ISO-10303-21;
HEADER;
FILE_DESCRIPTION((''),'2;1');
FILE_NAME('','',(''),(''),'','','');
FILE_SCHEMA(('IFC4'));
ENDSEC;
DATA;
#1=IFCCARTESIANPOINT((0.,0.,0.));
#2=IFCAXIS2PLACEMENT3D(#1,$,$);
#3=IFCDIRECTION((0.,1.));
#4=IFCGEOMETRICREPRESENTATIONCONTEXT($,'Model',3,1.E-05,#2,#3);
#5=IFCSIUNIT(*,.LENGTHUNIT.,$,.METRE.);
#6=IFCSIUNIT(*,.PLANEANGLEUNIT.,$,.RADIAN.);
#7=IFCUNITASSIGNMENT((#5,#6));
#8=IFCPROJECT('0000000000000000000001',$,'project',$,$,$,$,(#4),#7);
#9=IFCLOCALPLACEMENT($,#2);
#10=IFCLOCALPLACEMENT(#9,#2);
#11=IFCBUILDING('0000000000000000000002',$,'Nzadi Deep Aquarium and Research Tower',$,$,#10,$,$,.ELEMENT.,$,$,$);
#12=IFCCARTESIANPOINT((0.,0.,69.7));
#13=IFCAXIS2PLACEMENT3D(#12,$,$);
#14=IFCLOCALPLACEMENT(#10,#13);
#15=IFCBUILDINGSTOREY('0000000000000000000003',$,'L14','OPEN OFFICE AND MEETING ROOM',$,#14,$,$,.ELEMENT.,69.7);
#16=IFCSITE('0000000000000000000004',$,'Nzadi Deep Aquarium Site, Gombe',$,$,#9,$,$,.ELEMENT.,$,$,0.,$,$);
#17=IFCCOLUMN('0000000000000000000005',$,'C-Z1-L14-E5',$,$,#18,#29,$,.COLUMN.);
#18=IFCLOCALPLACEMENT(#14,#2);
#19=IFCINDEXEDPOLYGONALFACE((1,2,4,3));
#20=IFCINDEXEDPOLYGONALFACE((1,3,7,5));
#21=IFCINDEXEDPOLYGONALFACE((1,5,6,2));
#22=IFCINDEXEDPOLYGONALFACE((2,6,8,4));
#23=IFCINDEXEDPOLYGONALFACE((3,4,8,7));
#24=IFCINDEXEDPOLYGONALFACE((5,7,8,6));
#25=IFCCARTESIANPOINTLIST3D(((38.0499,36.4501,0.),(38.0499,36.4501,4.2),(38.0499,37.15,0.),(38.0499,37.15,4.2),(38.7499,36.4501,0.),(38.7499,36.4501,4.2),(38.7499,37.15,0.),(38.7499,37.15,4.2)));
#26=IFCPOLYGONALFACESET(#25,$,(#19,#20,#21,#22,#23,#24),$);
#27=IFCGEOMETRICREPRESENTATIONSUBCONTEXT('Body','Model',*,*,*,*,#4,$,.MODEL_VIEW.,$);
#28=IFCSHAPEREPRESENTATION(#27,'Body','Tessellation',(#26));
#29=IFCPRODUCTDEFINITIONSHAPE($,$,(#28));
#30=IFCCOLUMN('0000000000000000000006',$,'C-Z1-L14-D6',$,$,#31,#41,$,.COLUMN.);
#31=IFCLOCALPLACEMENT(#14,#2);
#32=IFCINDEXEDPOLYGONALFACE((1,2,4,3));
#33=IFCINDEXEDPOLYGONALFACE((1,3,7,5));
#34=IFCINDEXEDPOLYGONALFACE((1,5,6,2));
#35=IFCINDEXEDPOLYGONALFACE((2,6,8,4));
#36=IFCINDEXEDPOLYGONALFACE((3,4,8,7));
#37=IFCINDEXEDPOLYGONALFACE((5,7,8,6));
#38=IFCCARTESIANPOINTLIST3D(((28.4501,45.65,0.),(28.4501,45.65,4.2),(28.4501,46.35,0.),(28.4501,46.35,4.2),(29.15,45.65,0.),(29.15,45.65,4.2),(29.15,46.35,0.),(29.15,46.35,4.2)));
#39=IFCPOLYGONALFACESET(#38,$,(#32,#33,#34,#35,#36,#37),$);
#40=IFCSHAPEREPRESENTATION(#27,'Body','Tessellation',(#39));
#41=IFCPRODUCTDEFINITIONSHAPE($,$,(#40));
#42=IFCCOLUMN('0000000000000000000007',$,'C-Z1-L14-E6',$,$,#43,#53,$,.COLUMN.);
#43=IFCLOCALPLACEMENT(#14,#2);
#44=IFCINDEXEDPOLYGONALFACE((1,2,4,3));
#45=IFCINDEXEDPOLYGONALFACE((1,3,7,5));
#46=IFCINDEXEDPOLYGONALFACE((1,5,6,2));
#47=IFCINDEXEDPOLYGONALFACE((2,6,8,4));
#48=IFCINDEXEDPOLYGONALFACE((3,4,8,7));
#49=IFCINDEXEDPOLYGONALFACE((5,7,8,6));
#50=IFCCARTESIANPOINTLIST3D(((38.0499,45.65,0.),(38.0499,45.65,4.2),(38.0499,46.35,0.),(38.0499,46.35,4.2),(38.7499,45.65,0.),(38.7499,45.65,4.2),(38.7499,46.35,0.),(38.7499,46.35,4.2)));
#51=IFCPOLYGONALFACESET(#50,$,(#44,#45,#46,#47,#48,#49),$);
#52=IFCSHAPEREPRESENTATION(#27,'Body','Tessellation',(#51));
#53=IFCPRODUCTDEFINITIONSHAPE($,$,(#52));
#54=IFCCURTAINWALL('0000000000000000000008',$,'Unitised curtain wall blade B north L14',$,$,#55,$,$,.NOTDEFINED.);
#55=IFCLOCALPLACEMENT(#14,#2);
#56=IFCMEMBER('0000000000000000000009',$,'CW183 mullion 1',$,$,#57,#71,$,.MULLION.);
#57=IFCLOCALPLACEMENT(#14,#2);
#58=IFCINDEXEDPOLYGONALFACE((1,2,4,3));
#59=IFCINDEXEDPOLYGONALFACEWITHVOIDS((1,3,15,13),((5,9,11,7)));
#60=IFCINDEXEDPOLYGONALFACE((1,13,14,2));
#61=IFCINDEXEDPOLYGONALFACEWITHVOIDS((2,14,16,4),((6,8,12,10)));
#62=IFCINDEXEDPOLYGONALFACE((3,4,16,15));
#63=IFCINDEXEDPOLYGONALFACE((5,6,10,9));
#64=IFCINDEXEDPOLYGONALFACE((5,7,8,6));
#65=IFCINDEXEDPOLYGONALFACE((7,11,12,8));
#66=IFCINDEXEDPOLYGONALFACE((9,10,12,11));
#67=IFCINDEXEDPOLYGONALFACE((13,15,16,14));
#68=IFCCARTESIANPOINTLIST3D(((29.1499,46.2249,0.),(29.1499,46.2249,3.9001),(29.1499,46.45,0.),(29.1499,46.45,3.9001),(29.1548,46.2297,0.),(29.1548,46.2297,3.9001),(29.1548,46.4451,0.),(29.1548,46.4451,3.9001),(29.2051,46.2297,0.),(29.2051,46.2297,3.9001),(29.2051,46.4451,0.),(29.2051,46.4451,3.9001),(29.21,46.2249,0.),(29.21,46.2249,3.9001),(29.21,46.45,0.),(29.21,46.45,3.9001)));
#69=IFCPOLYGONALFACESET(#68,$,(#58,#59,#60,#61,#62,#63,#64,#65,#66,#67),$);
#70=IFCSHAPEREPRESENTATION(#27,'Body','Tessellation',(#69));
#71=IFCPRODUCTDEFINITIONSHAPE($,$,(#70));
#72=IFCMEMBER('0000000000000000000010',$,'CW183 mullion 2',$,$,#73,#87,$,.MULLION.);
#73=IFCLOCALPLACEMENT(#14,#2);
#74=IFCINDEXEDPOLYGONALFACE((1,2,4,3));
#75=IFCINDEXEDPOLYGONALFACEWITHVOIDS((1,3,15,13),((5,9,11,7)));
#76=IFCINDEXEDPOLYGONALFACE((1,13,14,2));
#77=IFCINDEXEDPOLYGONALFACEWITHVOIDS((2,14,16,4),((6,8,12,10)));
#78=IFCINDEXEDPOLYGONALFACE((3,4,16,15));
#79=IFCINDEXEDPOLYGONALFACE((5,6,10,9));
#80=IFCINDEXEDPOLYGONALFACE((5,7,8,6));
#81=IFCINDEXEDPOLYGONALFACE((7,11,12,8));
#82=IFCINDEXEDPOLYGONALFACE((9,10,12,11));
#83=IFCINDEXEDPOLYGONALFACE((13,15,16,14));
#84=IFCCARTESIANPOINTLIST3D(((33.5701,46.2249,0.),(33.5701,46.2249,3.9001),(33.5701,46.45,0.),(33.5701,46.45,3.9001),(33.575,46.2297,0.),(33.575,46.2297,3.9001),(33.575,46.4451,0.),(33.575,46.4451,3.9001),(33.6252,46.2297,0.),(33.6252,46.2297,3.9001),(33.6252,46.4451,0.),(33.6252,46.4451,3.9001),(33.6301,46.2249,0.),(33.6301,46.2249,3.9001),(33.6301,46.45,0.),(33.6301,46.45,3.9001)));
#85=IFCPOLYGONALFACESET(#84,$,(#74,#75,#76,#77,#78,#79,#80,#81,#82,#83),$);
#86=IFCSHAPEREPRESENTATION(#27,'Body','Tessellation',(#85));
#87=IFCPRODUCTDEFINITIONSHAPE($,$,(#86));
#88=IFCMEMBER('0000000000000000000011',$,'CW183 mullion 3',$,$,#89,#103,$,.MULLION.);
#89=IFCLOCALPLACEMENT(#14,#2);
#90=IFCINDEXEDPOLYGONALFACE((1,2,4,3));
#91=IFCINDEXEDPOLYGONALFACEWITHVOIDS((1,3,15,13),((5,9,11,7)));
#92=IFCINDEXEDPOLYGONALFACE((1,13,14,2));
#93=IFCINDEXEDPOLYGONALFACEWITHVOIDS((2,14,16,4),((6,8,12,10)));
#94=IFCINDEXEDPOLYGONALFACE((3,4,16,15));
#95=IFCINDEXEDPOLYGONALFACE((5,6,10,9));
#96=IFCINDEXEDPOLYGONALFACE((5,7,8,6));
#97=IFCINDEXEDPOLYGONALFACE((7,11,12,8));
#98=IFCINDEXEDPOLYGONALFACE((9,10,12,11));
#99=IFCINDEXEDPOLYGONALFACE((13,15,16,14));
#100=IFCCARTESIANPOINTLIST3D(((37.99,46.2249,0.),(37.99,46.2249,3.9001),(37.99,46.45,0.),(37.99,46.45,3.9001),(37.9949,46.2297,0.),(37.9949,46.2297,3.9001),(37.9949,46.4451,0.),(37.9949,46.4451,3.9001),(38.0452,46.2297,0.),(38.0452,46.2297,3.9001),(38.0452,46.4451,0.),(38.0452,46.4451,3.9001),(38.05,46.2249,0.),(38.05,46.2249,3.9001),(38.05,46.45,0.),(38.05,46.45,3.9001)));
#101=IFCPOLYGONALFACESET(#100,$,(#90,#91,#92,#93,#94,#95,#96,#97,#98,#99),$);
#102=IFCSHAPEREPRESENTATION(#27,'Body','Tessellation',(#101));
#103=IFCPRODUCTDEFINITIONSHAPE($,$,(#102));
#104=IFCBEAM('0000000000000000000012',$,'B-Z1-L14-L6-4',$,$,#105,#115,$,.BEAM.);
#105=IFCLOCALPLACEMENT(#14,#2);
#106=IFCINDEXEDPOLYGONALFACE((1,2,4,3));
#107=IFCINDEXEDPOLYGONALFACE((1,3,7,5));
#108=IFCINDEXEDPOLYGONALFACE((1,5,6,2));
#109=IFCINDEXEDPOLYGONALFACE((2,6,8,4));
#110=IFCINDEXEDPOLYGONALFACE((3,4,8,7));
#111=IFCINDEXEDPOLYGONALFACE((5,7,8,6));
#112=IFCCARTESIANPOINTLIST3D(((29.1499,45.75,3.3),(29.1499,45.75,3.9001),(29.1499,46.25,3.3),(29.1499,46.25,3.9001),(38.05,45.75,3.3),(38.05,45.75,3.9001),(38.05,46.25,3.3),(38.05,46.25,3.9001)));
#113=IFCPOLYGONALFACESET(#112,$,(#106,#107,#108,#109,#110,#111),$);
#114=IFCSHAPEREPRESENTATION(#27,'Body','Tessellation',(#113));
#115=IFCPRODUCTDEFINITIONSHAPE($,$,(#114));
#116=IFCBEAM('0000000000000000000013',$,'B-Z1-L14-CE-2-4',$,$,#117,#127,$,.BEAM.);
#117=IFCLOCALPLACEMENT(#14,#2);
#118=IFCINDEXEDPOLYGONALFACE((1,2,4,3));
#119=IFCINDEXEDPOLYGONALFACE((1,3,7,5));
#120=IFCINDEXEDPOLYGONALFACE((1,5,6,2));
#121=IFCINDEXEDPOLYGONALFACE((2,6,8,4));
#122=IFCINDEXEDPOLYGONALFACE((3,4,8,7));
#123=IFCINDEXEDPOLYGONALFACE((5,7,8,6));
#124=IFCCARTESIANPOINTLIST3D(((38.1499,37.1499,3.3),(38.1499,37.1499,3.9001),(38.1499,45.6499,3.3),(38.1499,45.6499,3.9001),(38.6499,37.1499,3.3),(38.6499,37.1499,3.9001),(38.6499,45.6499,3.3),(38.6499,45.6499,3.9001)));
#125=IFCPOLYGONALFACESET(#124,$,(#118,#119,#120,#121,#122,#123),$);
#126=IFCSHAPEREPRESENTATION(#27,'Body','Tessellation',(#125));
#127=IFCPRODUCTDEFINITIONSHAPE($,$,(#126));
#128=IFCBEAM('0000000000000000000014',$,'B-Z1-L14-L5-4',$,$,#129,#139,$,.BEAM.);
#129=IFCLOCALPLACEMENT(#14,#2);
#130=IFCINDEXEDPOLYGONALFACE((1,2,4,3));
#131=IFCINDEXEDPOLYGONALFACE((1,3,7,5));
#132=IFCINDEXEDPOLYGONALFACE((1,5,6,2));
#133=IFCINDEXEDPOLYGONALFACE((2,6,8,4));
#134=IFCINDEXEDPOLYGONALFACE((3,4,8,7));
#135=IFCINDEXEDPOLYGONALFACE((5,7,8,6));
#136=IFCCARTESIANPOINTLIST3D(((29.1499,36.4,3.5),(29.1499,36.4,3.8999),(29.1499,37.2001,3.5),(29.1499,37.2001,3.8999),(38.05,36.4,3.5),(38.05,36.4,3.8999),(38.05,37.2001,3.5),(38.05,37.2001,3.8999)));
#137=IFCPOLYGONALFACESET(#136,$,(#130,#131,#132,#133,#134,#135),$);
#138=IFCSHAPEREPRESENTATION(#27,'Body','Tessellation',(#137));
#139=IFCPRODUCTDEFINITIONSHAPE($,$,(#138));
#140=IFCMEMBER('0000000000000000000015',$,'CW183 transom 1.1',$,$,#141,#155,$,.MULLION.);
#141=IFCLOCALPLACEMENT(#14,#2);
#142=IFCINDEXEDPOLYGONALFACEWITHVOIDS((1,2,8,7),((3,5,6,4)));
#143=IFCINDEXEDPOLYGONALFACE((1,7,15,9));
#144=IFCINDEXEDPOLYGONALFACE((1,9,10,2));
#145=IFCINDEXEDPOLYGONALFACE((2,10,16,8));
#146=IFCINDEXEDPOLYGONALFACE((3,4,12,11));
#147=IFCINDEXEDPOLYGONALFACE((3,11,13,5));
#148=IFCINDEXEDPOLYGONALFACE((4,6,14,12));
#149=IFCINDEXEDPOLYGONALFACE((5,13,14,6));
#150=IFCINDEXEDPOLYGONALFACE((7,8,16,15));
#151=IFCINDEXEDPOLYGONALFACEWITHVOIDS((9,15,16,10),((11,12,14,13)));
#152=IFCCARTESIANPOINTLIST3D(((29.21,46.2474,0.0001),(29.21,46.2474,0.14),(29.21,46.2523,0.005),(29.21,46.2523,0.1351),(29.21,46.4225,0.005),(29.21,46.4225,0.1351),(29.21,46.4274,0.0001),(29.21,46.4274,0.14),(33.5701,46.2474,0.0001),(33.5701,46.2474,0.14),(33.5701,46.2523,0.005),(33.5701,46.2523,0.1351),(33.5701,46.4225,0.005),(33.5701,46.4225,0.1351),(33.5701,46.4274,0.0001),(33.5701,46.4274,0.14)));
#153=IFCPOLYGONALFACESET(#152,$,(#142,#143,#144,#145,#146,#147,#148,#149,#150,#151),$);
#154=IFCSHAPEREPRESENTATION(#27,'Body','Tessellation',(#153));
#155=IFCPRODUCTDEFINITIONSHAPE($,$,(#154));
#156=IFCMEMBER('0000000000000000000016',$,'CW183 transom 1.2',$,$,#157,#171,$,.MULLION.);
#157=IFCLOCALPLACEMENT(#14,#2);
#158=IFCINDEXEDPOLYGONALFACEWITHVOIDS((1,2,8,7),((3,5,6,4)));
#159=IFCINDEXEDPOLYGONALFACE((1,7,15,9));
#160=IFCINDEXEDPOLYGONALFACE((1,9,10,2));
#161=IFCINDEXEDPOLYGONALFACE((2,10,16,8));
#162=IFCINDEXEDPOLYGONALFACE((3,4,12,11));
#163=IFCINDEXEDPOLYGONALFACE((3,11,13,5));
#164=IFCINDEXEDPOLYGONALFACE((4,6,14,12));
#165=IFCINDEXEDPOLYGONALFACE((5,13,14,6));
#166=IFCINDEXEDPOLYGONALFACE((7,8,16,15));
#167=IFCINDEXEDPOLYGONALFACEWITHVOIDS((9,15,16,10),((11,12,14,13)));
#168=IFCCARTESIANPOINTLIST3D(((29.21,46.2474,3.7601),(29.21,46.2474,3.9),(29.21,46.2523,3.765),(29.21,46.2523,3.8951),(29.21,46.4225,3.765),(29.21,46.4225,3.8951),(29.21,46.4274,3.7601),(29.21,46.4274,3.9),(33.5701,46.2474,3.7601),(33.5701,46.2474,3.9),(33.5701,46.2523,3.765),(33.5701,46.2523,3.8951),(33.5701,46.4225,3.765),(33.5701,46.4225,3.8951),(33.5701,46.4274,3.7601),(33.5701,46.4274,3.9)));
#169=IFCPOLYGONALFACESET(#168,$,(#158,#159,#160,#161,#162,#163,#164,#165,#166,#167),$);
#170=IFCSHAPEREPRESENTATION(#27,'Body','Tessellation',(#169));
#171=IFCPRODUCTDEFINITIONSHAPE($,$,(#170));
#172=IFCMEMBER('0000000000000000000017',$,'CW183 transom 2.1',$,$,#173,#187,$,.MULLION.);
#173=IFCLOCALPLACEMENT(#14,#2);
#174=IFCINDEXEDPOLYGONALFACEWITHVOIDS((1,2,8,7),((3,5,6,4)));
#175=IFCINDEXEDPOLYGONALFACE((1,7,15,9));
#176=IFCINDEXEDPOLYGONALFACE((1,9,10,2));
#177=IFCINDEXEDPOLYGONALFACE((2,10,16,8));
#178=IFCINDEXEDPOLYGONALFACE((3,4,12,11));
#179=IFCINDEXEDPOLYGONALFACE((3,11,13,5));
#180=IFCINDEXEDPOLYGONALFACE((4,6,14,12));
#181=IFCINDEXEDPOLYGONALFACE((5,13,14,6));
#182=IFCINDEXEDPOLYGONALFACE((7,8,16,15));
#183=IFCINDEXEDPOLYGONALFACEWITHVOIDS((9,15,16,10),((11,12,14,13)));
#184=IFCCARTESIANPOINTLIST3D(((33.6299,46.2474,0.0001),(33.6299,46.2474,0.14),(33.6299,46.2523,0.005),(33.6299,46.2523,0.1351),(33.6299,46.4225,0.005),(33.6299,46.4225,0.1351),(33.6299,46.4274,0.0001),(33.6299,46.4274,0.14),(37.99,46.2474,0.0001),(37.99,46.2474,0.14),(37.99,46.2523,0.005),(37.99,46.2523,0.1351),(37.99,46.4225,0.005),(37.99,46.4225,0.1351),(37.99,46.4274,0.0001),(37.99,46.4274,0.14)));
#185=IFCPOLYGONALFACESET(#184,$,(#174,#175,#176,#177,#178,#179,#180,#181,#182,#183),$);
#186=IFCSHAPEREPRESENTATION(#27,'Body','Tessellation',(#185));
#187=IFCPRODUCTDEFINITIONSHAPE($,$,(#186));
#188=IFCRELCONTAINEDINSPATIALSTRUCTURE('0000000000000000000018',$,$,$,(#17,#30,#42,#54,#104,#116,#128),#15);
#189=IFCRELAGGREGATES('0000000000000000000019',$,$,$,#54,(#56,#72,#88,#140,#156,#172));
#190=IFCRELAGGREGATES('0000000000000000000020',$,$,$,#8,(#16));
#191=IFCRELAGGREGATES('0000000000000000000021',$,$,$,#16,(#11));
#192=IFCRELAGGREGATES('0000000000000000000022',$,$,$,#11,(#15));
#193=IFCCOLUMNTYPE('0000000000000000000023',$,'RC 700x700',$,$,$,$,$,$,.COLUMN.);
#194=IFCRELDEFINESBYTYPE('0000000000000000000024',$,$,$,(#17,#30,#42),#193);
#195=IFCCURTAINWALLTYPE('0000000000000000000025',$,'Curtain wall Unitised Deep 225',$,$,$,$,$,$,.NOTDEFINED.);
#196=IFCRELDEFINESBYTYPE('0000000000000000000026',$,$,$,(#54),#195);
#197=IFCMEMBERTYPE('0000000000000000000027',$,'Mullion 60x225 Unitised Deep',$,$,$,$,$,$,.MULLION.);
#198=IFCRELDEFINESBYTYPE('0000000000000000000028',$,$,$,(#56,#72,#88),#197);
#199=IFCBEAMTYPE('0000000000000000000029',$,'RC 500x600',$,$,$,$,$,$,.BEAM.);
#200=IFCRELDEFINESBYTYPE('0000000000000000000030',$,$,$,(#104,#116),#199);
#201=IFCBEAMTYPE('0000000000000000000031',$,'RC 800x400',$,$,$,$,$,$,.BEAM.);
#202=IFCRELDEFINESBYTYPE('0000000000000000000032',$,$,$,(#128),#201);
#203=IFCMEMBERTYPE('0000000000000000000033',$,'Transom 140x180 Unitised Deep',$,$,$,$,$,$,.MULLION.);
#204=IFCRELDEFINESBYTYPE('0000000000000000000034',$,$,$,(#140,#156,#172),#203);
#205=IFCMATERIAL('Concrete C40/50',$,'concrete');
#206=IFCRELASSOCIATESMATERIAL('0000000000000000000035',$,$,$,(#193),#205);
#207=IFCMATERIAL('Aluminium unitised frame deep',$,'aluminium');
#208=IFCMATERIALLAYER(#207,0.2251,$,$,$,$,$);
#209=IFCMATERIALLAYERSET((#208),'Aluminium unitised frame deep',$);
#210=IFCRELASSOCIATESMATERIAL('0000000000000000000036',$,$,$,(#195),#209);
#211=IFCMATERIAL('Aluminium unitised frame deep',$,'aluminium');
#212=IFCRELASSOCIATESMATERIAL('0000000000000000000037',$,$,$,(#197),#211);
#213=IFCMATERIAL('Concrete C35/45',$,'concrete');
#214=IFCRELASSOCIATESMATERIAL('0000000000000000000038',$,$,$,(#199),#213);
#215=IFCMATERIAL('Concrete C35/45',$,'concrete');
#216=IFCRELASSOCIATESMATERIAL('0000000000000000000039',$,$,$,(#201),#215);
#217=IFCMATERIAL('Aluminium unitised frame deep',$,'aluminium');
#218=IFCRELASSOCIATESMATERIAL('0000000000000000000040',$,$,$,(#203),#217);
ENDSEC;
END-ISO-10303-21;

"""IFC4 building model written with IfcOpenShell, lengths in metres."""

from ifc_helpers import new_model, si_unit, direction, frame, origin, origin_2d, place, context, subcontext, project, spatial, rectangle, hollow_rectangle, extrude, material, layer, layer_set, material_profile, profile_set, type_object, element, aggregate, save


model = new_model("IFC4")

# Units and contexts
model_context = context("Model", 3, precision=1e-05, world=origin(), true_north=direction((0.0, 1.0)))
body_context = subcontext(model_context, "Body", "Model", "MODEL_VIEW")
ifc_project = project(units=[si_unit("LENGTHUNIT", "METRE"), si_unit("PLANEANGLEUNIT", "RADIAN")], contexts=[model_context])

# Site, building, storey
site_placement = place(None, origin())
site = spatial("IfcSite", under=ifc_project, at=site_placement, Name="Nzadi Deep Aquarium Site, Gombe", CompositionType="ELEMENT", RefElevation=0.0)
building_placement = place(site_placement, origin())
building = spatial("IfcBuilding", under=site, at=building_placement, Name="Nzadi Deep Aquarium and Research Tower", CompositionType="ELEMENT")
storey_placement = place(building_placement, frame((0.0, 0.0, 69.7)))
storey = spatial("IfcBuildingStorey", under=building, at=storey_placement, Name="L14", Description="OPEN OFFICE AND MEETING ROOM", CompositionType="ELEMENT", Elevation=69.7)

# Columns
ifc_material_1 = material(Name="Concrete C40/50", Category="concrete")
ifc_material_profile_1 = material_profile(ifc_material_1, rectangle(XDim=0.7, YDim=0.7, at=origin_2d()))
ifc_profile_set_1 = profile_set([ifc_material_profile_1], Name="Concrete C40/50")
column_type = type_object("IfcColumnType", Name="RC 700x700", PredefinedType="COLUMN", material=ifc_profile_set_1)
for number, where, z_axis, x_axis, name in (
    (1, (38.3999, 36.8, 0.0), (0.0, 0.0, 1.0), (1.0, 0.0, 0.0), "C-Z1-L14-E5"),
    (2, (28.8, 46.0, 0.0), (0.0, 0.0, 1.0), (1.0, 0.0, 0.0), "C-Z1-L14-D6"),
    (3, (38.3999, 46.0, 0.0), (0.0, 0.0, 1.0), (1.0, 0.0, 0.0), "C-Z1-L14-E6"),
):
    element("IfcColumn", number, at=place(storey_placement, frame(where, z_axis=z_axis, x_axis=x_axis)), inside=storey, type_object=column_type, Name=name, PredefinedType="COLUMN", context=body_context, shape_type="SweptSolid", body=[
        extrude(rectangle(XDim=0.7, YDim=0.7, at=origin_2d()), origin(), (0.0, 0.0, 1.0), 4.2),
    ])

# Curtain wall, members
ifc_material_2 = material(Name="Aluminium unitised frame deep", Category="aluminium")
ifc_layer_1 = layer(ifc_material_2, 0.2251)
ifc_layer_set_1 = layer_set([ifc_layer_1], Name="Aluminium unitised frame deep")
curtain_wall_type = type_object("IfcCurtainWallType", Name="Curtain wall Unitised Deep 225", PredefinedType="NOTDEFINED", material=ifc_layer_set_1)
curtain_wall_placement = place(storey_placement, origin())
curtain_wall = element("IfcCurtainWall", 4, at=curtain_wall_placement, inside=storey, type_object=curtain_wall_type, Name="Unitised curtain wall blade B north L14", PredefinedType="NOTDEFINED")
ifc_material_3 = material(Name="Aluminium unitised frame deep", Category="aluminium")
ifc_material_profile_2 = material_profile(ifc_material_3, hollow_rectangle(XDim=0.2251, YDim=0.0601, WallThickness=0.0049, at=origin_2d()))
ifc_profile_set_2 = profile_set([ifc_material_profile_2], Name="Aluminium unitised frame deep")
member_type_1 = type_object("IfcMemberType", Name="Mullion 60x225 Unitised Deep", PredefinedType="MULLION", material=ifc_profile_set_2)
member_1_placement = place(storey_placement, frame((29.1799, 46.3374, 0.0), z_axis=(0.0, 0.0, 1.0), x_axis=(0.0, 1.0, 0.0)))
member_1 = element("IfcMember", 5, at=member_1_placement, type_object=member_type_1, Name="CW183 mullion 1", PredefinedType="MULLION", context=body_context, shape_type="SweptSolid", body=[
    extrude(hollow_rectangle(XDim=0.2251, YDim=0.0601, WallThickness=0.0049, at=origin_2d()), origin(), (0.0, 0.0, 1.0), 3.9001),
])
member_2_placement = place(storey_placement, frame((33.6001, 46.3374, 0.0), z_axis=(0.0, 0.0, 1.0), x_axis=(0.0, 1.0, 0.0)))
member_2 = element("IfcMember", 6, at=member_2_placement, type_object=member_type_1, Name="CW183 mullion 2", PredefinedType="MULLION", context=body_context, shape_type="SweptSolid", body=[
    extrude(hollow_rectangle(XDim=0.2251, YDim=0.0601, WallThickness=0.0049, at=origin_2d()), origin(), (0.0, 0.0, 1.0), 3.9001),
])
member_3_placement = place(storey_placement, frame((38.02, 46.3374, 0.0), z_axis=(0.0, 0.0, 1.0), x_axis=(0.0, 1.0, 0.0)))
member_3 = element("IfcMember", 7, at=member_3_placement, type_object=member_type_1, Name="CW183 mullion 3", PredefinedType="MULLION", context=body_context, shape_type="SweptSolid", body=[
    extrude(hollow_rectangle(XDim=0.2251, YDim=0.0601, WallThickness=0.0049, at=origin_2d()), origin(), (0.0, 0.0, 1.0), 3.9001),
])

# Beams
ifc_material_4 = material(Name="Concrete C35/45", Category="concrete")
ifc_material_profile_3 = material_profile(ifc_material_4, rectangle(XDim=0.5, YDim=0.6001, at=origin_2d()))
ifc_profile_set_3 = profile_set([ifc_material_profile_3], Name="Concrete C35/45")
beam_type_1 = type_object("IfcBeamType", Name="RC 500x600", PredefinedType="BEAM", material=ifc_profile_set_3)
beam_1_placement = place(storey_placement, frame((29.1499, 46.0, 3.6001), z_axis=(1.0, 0.0, 0.0), x_axis=(0.0, 1.0, 0.0)))
element("IfcBeam", 8, at=beam_1_placement, inside=storey, type_object=beam_type_1, Name="B-Z1-L14-L6-4", PredefinedType="BEAM", context=body_context, shape_type="SweptSolid", body=[
    extrude(rectangle(XDim=0.5, YDim=0.6001, at=origin_2d()), origin(), (0.0, 0.0, 1.0), 8.9001),
])
beam_2_placement = place(storey_placement, frame((38.3999, 37.1499, 3.6001), z_axis=(0.0, 1.0, 0.0), x_axis=(-1.0, 0.0, 0.0)))
element("IfcBeam", 9, at=beam_2_placement, inside=storey, type_object=beam_type_1, Name="B-Z1-L14-CE-2-4", PredefinedType="BEAM", context=body_context, shape_type="SweptSolid", body=[
    extrude(rectangle(XDim=0.5, YDim=0.6001, at=origin_2d()), origin(), (0.0, 0.0, 1.0), 8.5),
])
ifc_material_5 = material(Name="Concrete C35/45", Category="concrete")
ifc_material_profile_4 = material_profile(ifc_material_5, rectangle(XDim=0.8, YDim=0.3999, at=origin_2d()))
ifc_profile_set_4 = profile_set([ifc_material_profile_4], Name="Concrete C35/45")
beam_type_2 = type_object("IfcBeamType", Name="RC 800x400", PredefinedType="BEAM", material=ifc_profile_set_4)
beam_3_placement = place(storey_placement, frame((29.1499, 36.8, 3.7), z_axis=(1.0, 0.0, 0.0), x_axis=(0.0, 1.0, 0.0)))
element("IfcBeam", 10, at=beam_3_placement, inside=storey, type_object=beam_type_2, Name="B-Z1-L14-L5-4", PredefinedType="BEAM", context=body_context, shape_type="SweptSolid", body=[
    extrude(rectangle(XDim=0.8, YDim=0.3999, at=origin_2d()), origin(), (0.0, 0.0, 1.0), 8.9001),
])

# Members
ifc_material_6 = material(Name="Aluminium unitised frame deep", Category="aluminium")
ifc_material_profile_5 = material_profile(ifc_material_6, hollow_rectangle(XDim=0.1799, YDim=0.1399, WallThickness=0.0049, at=origin_2d()))
ifc_profile_set_5 = profile_set([ifc_material_profile_5], Name="Aluminium unitised frame deep")
member_type_2 = type_object("IfcMemberType", Name="Transom 140x180 Unitised Deep", PredefinedType="MULLION", material=ifc_profile_set_5)
member_4_placement = place(storey_placement, frame((29.21, 46.3374, 0.0701), z_axis=(1.0, 0.0, 0.0), x_axis=(0.0, 1.0, 0.0)))
member_4 = element("IfcMember", 11, at=member_4_placement, type_object=member_type_2, Name="CW183 transom 1.1", PredefinedType="MULLION", context=body_context, shape_type="SweptSolid", body=[
    extrude(hollow_rectangle(XDim=0.1799, YDim=0.1399, WallThickness=0.0049, at=origin_2d()), origin(), (0.0, 0.0, 1.0), 4.3601),
])
member_5_placement = place(storey_placement, frame((29.21, 46.3374, 3.8301), z_axis=(1.0, 0.0, 0.0), x_axis=(0.0, 1.0, 0.0)))
member_5 = element("IfcMember", 12, at=member_5_placement, type_object=member_type_2, Name="CW183 transom 1.2", PredefinedType="MULLION", context=body_context, shape_type="SweptSolid", body=[
    extrude(hollow_rectangle(XDim=0.1799, YDim=0.1399, WallThickness=0.0049, at=origin_2d()), origin(), (0.0, 0.0, 1.0), 4.3601),
])
member_6_placement = place(storey_placement, frame((33.6299, 46.3374, 0.0701), z_axis=(1.0, 0.0, 0.0), x_axis=(0.0, 1.0, 0.0)))
member_6 = element("IfcMember", 13, at=member_6_placement, type_object=member_type_2, Name="CW183 transom 2.1", PredefinedType="MULLION", context=body_context, shape_type="SweptSolid", body=[
    extrude(hollow_rectangle(XDim=0.1799, YDim=0.1399, WallThickness=0.0049, at=origin_2d()), origin(), (0.0, 0.0, 1.0), 4.3601),
])

aggregate(curtain_wall, [member_1, member_2, member_3, member_4, member_5, member_6])

save(model, "model.ifc")
